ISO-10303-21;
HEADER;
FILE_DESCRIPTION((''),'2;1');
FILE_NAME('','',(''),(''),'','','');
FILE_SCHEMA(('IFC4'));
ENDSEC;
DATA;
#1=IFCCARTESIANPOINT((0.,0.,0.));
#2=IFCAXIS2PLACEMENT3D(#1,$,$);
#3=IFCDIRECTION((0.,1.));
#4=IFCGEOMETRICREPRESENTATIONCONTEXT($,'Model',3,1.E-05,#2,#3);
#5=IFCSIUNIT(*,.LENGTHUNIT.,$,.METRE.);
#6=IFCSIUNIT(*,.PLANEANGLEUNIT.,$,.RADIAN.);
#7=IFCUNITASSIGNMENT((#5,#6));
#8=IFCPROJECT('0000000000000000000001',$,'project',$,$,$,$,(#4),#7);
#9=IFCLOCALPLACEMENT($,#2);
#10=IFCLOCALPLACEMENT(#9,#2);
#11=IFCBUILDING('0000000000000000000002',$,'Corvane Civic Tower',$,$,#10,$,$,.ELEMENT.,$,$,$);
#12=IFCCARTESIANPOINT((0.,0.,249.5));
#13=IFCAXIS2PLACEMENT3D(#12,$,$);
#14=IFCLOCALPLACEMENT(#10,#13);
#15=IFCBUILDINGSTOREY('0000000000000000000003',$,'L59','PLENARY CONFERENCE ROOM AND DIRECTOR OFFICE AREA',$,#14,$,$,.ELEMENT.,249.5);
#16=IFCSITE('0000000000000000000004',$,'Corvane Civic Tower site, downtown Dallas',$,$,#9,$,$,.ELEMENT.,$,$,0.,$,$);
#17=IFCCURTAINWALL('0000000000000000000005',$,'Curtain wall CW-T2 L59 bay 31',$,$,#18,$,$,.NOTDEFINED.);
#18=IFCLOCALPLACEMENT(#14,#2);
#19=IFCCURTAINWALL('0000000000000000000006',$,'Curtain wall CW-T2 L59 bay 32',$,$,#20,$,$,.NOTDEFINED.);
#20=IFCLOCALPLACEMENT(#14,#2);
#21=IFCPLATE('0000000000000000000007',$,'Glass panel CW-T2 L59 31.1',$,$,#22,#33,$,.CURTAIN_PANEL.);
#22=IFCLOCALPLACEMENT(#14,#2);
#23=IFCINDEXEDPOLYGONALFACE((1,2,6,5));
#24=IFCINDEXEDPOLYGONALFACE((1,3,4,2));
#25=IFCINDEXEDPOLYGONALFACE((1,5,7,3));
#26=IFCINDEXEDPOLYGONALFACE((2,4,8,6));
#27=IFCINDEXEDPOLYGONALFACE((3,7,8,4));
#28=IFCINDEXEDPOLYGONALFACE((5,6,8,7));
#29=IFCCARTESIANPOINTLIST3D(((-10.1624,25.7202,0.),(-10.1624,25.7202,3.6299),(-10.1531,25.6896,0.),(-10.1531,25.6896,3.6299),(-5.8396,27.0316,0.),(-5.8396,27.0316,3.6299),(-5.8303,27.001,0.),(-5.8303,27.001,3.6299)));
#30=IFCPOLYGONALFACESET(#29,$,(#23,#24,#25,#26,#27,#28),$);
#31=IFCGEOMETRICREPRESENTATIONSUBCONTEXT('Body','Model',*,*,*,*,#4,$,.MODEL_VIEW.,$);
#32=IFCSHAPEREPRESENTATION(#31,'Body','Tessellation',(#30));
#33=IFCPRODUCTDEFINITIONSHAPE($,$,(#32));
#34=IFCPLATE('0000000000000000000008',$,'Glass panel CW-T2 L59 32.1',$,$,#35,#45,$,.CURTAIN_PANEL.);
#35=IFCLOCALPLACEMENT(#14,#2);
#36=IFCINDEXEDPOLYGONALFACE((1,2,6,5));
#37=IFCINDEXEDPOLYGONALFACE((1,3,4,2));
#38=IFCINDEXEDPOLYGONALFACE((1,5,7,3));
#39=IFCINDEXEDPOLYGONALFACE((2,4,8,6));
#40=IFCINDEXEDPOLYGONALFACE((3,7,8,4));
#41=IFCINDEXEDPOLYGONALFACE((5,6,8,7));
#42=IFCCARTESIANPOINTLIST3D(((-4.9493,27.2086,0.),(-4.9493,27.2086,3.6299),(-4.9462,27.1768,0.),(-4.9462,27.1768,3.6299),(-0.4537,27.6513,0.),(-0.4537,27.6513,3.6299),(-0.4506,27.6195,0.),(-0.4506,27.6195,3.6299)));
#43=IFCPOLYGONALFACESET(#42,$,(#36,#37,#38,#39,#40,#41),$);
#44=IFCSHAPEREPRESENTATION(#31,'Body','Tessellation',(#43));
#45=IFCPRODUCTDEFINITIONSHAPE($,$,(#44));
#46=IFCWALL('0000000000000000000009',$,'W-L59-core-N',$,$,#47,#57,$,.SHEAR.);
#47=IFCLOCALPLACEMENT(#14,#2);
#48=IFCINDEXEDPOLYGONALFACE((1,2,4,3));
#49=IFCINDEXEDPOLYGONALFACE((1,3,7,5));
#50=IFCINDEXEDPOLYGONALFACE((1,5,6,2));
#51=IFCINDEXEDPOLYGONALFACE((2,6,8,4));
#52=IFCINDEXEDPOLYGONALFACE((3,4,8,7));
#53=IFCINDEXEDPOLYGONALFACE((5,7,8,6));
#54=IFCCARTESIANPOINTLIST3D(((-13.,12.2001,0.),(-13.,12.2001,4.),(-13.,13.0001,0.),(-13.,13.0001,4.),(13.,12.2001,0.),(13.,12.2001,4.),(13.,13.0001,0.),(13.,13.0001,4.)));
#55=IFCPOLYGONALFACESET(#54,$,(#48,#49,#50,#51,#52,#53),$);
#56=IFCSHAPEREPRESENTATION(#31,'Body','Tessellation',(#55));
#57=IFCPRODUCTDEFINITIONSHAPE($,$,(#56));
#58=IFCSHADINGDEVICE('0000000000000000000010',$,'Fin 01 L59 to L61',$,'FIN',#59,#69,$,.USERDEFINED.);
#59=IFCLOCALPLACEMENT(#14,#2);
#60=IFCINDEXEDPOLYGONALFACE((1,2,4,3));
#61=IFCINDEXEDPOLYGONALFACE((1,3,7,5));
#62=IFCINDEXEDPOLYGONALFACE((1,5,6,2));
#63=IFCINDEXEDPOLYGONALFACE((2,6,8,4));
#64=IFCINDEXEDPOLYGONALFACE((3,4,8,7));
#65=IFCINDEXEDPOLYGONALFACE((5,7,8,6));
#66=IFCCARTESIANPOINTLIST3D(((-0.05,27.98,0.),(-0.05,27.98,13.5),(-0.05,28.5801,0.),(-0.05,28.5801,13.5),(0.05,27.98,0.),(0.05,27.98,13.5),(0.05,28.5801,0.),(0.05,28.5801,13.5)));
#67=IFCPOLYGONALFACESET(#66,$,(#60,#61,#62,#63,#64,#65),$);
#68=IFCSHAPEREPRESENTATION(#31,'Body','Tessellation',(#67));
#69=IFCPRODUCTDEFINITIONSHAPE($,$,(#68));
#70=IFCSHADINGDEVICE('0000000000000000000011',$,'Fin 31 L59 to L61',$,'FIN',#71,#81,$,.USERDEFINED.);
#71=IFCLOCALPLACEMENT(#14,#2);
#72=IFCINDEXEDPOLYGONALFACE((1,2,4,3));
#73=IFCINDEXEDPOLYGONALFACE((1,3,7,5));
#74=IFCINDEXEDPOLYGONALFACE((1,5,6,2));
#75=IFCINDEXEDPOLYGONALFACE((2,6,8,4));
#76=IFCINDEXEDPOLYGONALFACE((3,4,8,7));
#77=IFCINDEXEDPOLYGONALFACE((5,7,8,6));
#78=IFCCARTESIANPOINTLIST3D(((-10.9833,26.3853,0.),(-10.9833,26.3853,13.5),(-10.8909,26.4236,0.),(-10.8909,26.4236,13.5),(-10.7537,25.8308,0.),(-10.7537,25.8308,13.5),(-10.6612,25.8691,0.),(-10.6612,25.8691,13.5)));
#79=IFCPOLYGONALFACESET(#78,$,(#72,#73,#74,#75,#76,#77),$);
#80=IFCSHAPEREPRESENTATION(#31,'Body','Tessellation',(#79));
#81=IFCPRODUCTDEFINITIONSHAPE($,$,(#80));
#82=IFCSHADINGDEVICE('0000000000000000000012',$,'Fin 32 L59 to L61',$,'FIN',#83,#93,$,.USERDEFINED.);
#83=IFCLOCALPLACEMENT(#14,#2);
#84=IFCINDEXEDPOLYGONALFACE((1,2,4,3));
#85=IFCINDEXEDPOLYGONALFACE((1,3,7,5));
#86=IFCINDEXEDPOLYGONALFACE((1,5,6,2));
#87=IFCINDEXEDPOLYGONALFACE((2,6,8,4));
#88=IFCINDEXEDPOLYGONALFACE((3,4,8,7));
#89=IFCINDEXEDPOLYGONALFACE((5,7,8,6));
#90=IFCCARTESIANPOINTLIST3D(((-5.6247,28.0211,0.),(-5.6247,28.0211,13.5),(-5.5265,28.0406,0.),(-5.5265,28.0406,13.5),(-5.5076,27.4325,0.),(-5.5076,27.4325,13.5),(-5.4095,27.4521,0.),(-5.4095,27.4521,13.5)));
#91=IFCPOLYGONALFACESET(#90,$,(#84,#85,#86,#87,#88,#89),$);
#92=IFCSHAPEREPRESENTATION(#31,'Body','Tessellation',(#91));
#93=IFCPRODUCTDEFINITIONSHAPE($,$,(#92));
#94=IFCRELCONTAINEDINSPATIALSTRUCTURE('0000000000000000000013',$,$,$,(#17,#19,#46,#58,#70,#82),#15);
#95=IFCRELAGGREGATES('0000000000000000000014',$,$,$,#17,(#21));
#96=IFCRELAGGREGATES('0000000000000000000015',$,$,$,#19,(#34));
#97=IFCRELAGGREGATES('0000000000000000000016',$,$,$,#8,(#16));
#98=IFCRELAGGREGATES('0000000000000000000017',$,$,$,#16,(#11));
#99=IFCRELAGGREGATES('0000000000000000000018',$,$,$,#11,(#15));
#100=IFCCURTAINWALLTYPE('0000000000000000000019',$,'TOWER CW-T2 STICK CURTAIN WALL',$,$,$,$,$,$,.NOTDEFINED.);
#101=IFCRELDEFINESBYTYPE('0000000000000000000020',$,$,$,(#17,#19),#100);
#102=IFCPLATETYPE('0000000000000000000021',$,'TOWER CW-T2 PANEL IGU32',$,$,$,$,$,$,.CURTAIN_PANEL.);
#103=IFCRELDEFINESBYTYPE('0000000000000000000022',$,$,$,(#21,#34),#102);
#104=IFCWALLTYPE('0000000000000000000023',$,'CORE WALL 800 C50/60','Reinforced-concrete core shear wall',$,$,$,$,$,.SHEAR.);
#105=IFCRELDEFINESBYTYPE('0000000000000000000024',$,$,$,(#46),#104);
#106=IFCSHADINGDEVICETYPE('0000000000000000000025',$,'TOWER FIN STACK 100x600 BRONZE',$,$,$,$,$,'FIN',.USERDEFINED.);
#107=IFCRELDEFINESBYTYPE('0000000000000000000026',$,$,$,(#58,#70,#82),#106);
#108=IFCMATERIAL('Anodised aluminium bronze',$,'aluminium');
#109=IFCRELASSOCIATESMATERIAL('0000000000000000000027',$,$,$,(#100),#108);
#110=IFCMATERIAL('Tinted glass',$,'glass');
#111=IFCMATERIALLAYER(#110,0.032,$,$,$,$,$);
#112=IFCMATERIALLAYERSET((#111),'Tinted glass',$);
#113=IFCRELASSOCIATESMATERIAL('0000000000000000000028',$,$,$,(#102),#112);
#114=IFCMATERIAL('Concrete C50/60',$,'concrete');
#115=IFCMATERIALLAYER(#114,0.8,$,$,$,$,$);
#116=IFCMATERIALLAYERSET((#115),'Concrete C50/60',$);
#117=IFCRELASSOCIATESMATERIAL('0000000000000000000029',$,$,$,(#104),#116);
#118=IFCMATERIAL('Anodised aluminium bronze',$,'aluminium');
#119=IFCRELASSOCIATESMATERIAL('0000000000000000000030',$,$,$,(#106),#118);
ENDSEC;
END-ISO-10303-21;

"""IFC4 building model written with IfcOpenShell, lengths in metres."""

from ifc_helpers import new_model, si_unit, direction, frame, frame_2d, origin, origin_2d, place, context, subcontext, project, spatial, rectangle, extrude, material, layer, layer_set, material_profile, profile_set, type_object, element, aggregate, save


model = new_model("IFC4")

# Units and contexts
model_context = context("Model", 3, precision=1e-05, world=origin(), true_north=direction((0.0, 1.0)))
body_context = subcontext(model_context, "Body", "Model", "MODEL_VIEW")
ifc_project = project(units=[si_unit("LENGTHUNIT", "METRE"), si_unit("PLANEANGLEUNIT", "RADIAN")], contexts=[model_context])

# Site, building, storey
site_placement = place(None, origin())
site = spatial("IfcSite", under=ifc_project, at=site_placement, Name="Corvane Civic Tower site, downtown Dallas", CompositionType="ELEMENT", RefElevation=0.0)
building_placement = place(site_placement, origin())
building = spatial("IfcBuilding", under=site, at=building_placement, Name="Corvane Civic Tower", CompositionType="ELEMENT")
storey_placement = place(building_placement, frame((0.0, 0.0, 249.5)))
storey = spatial("IfcBuildingStorey", under=building, at=storey_placement, Name="L59", Description="PLENARY CONFERENCE ROOM AND DIRECTOR OFFICE AREA", CompositionType="ELEMENT", Elevation=249.5)

# Curtain walls
ifc_material_1 = material(Name="Anodised aluminium bronze", Category="aluminium")
curtain_wall_type = type_object("IfcCurtainWallType", Name="TOWER CW-T2 STICK CURTAIN WALL", PredefinedType="NOTDEFINED", material=ifc_material_1)
curtain_wall_1_placement = place(storey_placement, origin())
curtain_wall_1 = element("IfcCurtainWall", 1, at=curtain_wall_1_placement, inside=storey, type_object=curtain_wall_type, Name="Curtain wall CW-T2 L59 bay 31", PredefinedType="NOTDEFINED")
curtain_wall_2_placement = place(storey_placement, origin())
curtain_wall_2 = element("IfcCurtainWall", 2, at=curtain_wall_2_placement, inside=storey, type_object=curtain_wall_type, Name="Curtain wall CW-T2 L59 bay 32", PredefinedType="NOTDEFINED")

# Shared definitions
ifc_material_2 = material(Name="Tinted glass", Category="glass")
ifc_layer_1 = layer(ifc_material_2, 0.032)
ifc_layer_set_1 = layer_set([ifc_layer_1], Name="Tinted glass")
plate_type = type_object("IfcPlateType", Name="TOWER CW-T2 PANEL IGU32", PredefinedType="CURTAIN_PANEL", material=ifc_layer_set_1)

# Plates
plate_1_placement = place(storey_placement, frame((-7.9963, 26.3606, 0.0), z_axis=(0.0, 0.0, 1.0), x_axis=(0.956939, 0.29029, 0.0)))
plate_1 = element("IfcPlate", 3, at=plate_1_placement, type_object=plate_type, Name="Glass panel CW-T2 L59 31.1", PredefinedType="CURTAIN_PANEL", context=body_context, shape_type="SweptSolid", body=[
    extrude(rectangle(XDim=4.5173, YDim=0.032, at=origin_2d()), origin(), (0.0, 0.0, 1.0), 3.6299),
])
aggregate(curtain_wall_1, [plate_1])
plate_2_placement = place(storey_placement, frame((-2.7, 27.4141, 0.0), z_axis=(0.0, 0.0, 1.0), x_axis=(0.995187, 0.097993, 0.0)))
plate_2 = element("IfcPlate", 4, at=plate_2_placement, type_object=plate_type, Name="Glass panel CW-T2 L59 32.1", PredefinedType="CURTAIN_PANEL", context=body_context, shape_type="SweptSolid", body=[
    extrude(rectangle(XDim=4.5173, YDim=0.032, at=origin_2d()), origin(), (0.0, 0.0, 1.0), 3.6299),
])
aggregate(curtain_wall_2, [plate_2])

# Wall
ifc_material_3 = material(Name="Concrete C50/60", Category="concrete")
ifc_layer_2 = layer(ifc_material_3, 0.8)
ifc_layer_set_2 = layer_set([ifc_layer_2], Name="Concrete C50/60")
wall_type = type_object("IfcWallType", Name="CORE WALL 800 C50/60", Description="Reinforced-concrete core shear wall", PredefinedType="SHEAR", material=ifc_layer_set_2)
wall_placement = place(storey_placement, frame((-13.0, 12.6001, 0.0), z_axis=(0.0, 0.0, 1.0), x_axis=(1.0, 0.0, 0.0)))
element("IfcWall", 5, at=wall_placement, inside=storey, type_object=wall_type, Name="W-L59-core-N", PredefinedType="SHEAR", context=body_context, shape_type="SweptSolid", body=[
    extrude(rectangle(XDim=26.0, YDim=0.8, at=frame_2d((13.0, 0.0))), origin(), (0.0, 0.0, 1.0), 4.0),
])

# Shading devices
ifc_material_4 = material(Name="Anodised aluminium bronze", Category="aluminium")
ifc_material_profile_1 = material_profile(ifc_material_4, rectangle(XDim=0.1001, YDim=0.6001, at=origin_2d()), Name="TOWER FIN STACK 100x600 BRONZE")
ifc_profile_set_1 = profile_set([ifc_material_profile_1], Name="Anodised aluminium bronze")
shading_device_type = type_object("IfcShadingDeviceType", Name="TOWER FIN STACK 100x600 BRONZE", ElementType="FIN", PredefinedType="USERDEFINED", material=ifc_profile_set_1)
for number, where, z_axis, x_axis, name in (
    (6, (0.0, 28.28, 0.0), (0.0, 0.0, 1.0), (1.0, 0.0, 0.0), "Fin 01 L59 to L61"),
    (7, (-10.8223, 26.1272, 0.0), (0.0, 0.0, 1.0), (0.92388, 0.382683, 0.0), "Fin 31 L59 to L61"),
    (8, (-5.5171, 27.7366, 0.0), (0.0, 0.0, 1.0), (0.980785, 0.19509, 0.0), "Fin 32 L59 to L61"),
):
    element("IfcShadingDevice", number, at=place(storey_placement, frame(where, z_axis=z_axis, x_axis=x_axis)), inside=storey, type_object=shading_device_type, Name=name, ObjectType="FIN", PredefinedType="USERDEFINED", context=body_context, shape_type="SweptSolid", body=[
        extrude(rectangle(XDim=0.1001, YDim=0.6001, at=origin_2d()), origin(), (0.0, 0.0, 1.0), 13.5),
    ])

save(model, "model.ifc")
